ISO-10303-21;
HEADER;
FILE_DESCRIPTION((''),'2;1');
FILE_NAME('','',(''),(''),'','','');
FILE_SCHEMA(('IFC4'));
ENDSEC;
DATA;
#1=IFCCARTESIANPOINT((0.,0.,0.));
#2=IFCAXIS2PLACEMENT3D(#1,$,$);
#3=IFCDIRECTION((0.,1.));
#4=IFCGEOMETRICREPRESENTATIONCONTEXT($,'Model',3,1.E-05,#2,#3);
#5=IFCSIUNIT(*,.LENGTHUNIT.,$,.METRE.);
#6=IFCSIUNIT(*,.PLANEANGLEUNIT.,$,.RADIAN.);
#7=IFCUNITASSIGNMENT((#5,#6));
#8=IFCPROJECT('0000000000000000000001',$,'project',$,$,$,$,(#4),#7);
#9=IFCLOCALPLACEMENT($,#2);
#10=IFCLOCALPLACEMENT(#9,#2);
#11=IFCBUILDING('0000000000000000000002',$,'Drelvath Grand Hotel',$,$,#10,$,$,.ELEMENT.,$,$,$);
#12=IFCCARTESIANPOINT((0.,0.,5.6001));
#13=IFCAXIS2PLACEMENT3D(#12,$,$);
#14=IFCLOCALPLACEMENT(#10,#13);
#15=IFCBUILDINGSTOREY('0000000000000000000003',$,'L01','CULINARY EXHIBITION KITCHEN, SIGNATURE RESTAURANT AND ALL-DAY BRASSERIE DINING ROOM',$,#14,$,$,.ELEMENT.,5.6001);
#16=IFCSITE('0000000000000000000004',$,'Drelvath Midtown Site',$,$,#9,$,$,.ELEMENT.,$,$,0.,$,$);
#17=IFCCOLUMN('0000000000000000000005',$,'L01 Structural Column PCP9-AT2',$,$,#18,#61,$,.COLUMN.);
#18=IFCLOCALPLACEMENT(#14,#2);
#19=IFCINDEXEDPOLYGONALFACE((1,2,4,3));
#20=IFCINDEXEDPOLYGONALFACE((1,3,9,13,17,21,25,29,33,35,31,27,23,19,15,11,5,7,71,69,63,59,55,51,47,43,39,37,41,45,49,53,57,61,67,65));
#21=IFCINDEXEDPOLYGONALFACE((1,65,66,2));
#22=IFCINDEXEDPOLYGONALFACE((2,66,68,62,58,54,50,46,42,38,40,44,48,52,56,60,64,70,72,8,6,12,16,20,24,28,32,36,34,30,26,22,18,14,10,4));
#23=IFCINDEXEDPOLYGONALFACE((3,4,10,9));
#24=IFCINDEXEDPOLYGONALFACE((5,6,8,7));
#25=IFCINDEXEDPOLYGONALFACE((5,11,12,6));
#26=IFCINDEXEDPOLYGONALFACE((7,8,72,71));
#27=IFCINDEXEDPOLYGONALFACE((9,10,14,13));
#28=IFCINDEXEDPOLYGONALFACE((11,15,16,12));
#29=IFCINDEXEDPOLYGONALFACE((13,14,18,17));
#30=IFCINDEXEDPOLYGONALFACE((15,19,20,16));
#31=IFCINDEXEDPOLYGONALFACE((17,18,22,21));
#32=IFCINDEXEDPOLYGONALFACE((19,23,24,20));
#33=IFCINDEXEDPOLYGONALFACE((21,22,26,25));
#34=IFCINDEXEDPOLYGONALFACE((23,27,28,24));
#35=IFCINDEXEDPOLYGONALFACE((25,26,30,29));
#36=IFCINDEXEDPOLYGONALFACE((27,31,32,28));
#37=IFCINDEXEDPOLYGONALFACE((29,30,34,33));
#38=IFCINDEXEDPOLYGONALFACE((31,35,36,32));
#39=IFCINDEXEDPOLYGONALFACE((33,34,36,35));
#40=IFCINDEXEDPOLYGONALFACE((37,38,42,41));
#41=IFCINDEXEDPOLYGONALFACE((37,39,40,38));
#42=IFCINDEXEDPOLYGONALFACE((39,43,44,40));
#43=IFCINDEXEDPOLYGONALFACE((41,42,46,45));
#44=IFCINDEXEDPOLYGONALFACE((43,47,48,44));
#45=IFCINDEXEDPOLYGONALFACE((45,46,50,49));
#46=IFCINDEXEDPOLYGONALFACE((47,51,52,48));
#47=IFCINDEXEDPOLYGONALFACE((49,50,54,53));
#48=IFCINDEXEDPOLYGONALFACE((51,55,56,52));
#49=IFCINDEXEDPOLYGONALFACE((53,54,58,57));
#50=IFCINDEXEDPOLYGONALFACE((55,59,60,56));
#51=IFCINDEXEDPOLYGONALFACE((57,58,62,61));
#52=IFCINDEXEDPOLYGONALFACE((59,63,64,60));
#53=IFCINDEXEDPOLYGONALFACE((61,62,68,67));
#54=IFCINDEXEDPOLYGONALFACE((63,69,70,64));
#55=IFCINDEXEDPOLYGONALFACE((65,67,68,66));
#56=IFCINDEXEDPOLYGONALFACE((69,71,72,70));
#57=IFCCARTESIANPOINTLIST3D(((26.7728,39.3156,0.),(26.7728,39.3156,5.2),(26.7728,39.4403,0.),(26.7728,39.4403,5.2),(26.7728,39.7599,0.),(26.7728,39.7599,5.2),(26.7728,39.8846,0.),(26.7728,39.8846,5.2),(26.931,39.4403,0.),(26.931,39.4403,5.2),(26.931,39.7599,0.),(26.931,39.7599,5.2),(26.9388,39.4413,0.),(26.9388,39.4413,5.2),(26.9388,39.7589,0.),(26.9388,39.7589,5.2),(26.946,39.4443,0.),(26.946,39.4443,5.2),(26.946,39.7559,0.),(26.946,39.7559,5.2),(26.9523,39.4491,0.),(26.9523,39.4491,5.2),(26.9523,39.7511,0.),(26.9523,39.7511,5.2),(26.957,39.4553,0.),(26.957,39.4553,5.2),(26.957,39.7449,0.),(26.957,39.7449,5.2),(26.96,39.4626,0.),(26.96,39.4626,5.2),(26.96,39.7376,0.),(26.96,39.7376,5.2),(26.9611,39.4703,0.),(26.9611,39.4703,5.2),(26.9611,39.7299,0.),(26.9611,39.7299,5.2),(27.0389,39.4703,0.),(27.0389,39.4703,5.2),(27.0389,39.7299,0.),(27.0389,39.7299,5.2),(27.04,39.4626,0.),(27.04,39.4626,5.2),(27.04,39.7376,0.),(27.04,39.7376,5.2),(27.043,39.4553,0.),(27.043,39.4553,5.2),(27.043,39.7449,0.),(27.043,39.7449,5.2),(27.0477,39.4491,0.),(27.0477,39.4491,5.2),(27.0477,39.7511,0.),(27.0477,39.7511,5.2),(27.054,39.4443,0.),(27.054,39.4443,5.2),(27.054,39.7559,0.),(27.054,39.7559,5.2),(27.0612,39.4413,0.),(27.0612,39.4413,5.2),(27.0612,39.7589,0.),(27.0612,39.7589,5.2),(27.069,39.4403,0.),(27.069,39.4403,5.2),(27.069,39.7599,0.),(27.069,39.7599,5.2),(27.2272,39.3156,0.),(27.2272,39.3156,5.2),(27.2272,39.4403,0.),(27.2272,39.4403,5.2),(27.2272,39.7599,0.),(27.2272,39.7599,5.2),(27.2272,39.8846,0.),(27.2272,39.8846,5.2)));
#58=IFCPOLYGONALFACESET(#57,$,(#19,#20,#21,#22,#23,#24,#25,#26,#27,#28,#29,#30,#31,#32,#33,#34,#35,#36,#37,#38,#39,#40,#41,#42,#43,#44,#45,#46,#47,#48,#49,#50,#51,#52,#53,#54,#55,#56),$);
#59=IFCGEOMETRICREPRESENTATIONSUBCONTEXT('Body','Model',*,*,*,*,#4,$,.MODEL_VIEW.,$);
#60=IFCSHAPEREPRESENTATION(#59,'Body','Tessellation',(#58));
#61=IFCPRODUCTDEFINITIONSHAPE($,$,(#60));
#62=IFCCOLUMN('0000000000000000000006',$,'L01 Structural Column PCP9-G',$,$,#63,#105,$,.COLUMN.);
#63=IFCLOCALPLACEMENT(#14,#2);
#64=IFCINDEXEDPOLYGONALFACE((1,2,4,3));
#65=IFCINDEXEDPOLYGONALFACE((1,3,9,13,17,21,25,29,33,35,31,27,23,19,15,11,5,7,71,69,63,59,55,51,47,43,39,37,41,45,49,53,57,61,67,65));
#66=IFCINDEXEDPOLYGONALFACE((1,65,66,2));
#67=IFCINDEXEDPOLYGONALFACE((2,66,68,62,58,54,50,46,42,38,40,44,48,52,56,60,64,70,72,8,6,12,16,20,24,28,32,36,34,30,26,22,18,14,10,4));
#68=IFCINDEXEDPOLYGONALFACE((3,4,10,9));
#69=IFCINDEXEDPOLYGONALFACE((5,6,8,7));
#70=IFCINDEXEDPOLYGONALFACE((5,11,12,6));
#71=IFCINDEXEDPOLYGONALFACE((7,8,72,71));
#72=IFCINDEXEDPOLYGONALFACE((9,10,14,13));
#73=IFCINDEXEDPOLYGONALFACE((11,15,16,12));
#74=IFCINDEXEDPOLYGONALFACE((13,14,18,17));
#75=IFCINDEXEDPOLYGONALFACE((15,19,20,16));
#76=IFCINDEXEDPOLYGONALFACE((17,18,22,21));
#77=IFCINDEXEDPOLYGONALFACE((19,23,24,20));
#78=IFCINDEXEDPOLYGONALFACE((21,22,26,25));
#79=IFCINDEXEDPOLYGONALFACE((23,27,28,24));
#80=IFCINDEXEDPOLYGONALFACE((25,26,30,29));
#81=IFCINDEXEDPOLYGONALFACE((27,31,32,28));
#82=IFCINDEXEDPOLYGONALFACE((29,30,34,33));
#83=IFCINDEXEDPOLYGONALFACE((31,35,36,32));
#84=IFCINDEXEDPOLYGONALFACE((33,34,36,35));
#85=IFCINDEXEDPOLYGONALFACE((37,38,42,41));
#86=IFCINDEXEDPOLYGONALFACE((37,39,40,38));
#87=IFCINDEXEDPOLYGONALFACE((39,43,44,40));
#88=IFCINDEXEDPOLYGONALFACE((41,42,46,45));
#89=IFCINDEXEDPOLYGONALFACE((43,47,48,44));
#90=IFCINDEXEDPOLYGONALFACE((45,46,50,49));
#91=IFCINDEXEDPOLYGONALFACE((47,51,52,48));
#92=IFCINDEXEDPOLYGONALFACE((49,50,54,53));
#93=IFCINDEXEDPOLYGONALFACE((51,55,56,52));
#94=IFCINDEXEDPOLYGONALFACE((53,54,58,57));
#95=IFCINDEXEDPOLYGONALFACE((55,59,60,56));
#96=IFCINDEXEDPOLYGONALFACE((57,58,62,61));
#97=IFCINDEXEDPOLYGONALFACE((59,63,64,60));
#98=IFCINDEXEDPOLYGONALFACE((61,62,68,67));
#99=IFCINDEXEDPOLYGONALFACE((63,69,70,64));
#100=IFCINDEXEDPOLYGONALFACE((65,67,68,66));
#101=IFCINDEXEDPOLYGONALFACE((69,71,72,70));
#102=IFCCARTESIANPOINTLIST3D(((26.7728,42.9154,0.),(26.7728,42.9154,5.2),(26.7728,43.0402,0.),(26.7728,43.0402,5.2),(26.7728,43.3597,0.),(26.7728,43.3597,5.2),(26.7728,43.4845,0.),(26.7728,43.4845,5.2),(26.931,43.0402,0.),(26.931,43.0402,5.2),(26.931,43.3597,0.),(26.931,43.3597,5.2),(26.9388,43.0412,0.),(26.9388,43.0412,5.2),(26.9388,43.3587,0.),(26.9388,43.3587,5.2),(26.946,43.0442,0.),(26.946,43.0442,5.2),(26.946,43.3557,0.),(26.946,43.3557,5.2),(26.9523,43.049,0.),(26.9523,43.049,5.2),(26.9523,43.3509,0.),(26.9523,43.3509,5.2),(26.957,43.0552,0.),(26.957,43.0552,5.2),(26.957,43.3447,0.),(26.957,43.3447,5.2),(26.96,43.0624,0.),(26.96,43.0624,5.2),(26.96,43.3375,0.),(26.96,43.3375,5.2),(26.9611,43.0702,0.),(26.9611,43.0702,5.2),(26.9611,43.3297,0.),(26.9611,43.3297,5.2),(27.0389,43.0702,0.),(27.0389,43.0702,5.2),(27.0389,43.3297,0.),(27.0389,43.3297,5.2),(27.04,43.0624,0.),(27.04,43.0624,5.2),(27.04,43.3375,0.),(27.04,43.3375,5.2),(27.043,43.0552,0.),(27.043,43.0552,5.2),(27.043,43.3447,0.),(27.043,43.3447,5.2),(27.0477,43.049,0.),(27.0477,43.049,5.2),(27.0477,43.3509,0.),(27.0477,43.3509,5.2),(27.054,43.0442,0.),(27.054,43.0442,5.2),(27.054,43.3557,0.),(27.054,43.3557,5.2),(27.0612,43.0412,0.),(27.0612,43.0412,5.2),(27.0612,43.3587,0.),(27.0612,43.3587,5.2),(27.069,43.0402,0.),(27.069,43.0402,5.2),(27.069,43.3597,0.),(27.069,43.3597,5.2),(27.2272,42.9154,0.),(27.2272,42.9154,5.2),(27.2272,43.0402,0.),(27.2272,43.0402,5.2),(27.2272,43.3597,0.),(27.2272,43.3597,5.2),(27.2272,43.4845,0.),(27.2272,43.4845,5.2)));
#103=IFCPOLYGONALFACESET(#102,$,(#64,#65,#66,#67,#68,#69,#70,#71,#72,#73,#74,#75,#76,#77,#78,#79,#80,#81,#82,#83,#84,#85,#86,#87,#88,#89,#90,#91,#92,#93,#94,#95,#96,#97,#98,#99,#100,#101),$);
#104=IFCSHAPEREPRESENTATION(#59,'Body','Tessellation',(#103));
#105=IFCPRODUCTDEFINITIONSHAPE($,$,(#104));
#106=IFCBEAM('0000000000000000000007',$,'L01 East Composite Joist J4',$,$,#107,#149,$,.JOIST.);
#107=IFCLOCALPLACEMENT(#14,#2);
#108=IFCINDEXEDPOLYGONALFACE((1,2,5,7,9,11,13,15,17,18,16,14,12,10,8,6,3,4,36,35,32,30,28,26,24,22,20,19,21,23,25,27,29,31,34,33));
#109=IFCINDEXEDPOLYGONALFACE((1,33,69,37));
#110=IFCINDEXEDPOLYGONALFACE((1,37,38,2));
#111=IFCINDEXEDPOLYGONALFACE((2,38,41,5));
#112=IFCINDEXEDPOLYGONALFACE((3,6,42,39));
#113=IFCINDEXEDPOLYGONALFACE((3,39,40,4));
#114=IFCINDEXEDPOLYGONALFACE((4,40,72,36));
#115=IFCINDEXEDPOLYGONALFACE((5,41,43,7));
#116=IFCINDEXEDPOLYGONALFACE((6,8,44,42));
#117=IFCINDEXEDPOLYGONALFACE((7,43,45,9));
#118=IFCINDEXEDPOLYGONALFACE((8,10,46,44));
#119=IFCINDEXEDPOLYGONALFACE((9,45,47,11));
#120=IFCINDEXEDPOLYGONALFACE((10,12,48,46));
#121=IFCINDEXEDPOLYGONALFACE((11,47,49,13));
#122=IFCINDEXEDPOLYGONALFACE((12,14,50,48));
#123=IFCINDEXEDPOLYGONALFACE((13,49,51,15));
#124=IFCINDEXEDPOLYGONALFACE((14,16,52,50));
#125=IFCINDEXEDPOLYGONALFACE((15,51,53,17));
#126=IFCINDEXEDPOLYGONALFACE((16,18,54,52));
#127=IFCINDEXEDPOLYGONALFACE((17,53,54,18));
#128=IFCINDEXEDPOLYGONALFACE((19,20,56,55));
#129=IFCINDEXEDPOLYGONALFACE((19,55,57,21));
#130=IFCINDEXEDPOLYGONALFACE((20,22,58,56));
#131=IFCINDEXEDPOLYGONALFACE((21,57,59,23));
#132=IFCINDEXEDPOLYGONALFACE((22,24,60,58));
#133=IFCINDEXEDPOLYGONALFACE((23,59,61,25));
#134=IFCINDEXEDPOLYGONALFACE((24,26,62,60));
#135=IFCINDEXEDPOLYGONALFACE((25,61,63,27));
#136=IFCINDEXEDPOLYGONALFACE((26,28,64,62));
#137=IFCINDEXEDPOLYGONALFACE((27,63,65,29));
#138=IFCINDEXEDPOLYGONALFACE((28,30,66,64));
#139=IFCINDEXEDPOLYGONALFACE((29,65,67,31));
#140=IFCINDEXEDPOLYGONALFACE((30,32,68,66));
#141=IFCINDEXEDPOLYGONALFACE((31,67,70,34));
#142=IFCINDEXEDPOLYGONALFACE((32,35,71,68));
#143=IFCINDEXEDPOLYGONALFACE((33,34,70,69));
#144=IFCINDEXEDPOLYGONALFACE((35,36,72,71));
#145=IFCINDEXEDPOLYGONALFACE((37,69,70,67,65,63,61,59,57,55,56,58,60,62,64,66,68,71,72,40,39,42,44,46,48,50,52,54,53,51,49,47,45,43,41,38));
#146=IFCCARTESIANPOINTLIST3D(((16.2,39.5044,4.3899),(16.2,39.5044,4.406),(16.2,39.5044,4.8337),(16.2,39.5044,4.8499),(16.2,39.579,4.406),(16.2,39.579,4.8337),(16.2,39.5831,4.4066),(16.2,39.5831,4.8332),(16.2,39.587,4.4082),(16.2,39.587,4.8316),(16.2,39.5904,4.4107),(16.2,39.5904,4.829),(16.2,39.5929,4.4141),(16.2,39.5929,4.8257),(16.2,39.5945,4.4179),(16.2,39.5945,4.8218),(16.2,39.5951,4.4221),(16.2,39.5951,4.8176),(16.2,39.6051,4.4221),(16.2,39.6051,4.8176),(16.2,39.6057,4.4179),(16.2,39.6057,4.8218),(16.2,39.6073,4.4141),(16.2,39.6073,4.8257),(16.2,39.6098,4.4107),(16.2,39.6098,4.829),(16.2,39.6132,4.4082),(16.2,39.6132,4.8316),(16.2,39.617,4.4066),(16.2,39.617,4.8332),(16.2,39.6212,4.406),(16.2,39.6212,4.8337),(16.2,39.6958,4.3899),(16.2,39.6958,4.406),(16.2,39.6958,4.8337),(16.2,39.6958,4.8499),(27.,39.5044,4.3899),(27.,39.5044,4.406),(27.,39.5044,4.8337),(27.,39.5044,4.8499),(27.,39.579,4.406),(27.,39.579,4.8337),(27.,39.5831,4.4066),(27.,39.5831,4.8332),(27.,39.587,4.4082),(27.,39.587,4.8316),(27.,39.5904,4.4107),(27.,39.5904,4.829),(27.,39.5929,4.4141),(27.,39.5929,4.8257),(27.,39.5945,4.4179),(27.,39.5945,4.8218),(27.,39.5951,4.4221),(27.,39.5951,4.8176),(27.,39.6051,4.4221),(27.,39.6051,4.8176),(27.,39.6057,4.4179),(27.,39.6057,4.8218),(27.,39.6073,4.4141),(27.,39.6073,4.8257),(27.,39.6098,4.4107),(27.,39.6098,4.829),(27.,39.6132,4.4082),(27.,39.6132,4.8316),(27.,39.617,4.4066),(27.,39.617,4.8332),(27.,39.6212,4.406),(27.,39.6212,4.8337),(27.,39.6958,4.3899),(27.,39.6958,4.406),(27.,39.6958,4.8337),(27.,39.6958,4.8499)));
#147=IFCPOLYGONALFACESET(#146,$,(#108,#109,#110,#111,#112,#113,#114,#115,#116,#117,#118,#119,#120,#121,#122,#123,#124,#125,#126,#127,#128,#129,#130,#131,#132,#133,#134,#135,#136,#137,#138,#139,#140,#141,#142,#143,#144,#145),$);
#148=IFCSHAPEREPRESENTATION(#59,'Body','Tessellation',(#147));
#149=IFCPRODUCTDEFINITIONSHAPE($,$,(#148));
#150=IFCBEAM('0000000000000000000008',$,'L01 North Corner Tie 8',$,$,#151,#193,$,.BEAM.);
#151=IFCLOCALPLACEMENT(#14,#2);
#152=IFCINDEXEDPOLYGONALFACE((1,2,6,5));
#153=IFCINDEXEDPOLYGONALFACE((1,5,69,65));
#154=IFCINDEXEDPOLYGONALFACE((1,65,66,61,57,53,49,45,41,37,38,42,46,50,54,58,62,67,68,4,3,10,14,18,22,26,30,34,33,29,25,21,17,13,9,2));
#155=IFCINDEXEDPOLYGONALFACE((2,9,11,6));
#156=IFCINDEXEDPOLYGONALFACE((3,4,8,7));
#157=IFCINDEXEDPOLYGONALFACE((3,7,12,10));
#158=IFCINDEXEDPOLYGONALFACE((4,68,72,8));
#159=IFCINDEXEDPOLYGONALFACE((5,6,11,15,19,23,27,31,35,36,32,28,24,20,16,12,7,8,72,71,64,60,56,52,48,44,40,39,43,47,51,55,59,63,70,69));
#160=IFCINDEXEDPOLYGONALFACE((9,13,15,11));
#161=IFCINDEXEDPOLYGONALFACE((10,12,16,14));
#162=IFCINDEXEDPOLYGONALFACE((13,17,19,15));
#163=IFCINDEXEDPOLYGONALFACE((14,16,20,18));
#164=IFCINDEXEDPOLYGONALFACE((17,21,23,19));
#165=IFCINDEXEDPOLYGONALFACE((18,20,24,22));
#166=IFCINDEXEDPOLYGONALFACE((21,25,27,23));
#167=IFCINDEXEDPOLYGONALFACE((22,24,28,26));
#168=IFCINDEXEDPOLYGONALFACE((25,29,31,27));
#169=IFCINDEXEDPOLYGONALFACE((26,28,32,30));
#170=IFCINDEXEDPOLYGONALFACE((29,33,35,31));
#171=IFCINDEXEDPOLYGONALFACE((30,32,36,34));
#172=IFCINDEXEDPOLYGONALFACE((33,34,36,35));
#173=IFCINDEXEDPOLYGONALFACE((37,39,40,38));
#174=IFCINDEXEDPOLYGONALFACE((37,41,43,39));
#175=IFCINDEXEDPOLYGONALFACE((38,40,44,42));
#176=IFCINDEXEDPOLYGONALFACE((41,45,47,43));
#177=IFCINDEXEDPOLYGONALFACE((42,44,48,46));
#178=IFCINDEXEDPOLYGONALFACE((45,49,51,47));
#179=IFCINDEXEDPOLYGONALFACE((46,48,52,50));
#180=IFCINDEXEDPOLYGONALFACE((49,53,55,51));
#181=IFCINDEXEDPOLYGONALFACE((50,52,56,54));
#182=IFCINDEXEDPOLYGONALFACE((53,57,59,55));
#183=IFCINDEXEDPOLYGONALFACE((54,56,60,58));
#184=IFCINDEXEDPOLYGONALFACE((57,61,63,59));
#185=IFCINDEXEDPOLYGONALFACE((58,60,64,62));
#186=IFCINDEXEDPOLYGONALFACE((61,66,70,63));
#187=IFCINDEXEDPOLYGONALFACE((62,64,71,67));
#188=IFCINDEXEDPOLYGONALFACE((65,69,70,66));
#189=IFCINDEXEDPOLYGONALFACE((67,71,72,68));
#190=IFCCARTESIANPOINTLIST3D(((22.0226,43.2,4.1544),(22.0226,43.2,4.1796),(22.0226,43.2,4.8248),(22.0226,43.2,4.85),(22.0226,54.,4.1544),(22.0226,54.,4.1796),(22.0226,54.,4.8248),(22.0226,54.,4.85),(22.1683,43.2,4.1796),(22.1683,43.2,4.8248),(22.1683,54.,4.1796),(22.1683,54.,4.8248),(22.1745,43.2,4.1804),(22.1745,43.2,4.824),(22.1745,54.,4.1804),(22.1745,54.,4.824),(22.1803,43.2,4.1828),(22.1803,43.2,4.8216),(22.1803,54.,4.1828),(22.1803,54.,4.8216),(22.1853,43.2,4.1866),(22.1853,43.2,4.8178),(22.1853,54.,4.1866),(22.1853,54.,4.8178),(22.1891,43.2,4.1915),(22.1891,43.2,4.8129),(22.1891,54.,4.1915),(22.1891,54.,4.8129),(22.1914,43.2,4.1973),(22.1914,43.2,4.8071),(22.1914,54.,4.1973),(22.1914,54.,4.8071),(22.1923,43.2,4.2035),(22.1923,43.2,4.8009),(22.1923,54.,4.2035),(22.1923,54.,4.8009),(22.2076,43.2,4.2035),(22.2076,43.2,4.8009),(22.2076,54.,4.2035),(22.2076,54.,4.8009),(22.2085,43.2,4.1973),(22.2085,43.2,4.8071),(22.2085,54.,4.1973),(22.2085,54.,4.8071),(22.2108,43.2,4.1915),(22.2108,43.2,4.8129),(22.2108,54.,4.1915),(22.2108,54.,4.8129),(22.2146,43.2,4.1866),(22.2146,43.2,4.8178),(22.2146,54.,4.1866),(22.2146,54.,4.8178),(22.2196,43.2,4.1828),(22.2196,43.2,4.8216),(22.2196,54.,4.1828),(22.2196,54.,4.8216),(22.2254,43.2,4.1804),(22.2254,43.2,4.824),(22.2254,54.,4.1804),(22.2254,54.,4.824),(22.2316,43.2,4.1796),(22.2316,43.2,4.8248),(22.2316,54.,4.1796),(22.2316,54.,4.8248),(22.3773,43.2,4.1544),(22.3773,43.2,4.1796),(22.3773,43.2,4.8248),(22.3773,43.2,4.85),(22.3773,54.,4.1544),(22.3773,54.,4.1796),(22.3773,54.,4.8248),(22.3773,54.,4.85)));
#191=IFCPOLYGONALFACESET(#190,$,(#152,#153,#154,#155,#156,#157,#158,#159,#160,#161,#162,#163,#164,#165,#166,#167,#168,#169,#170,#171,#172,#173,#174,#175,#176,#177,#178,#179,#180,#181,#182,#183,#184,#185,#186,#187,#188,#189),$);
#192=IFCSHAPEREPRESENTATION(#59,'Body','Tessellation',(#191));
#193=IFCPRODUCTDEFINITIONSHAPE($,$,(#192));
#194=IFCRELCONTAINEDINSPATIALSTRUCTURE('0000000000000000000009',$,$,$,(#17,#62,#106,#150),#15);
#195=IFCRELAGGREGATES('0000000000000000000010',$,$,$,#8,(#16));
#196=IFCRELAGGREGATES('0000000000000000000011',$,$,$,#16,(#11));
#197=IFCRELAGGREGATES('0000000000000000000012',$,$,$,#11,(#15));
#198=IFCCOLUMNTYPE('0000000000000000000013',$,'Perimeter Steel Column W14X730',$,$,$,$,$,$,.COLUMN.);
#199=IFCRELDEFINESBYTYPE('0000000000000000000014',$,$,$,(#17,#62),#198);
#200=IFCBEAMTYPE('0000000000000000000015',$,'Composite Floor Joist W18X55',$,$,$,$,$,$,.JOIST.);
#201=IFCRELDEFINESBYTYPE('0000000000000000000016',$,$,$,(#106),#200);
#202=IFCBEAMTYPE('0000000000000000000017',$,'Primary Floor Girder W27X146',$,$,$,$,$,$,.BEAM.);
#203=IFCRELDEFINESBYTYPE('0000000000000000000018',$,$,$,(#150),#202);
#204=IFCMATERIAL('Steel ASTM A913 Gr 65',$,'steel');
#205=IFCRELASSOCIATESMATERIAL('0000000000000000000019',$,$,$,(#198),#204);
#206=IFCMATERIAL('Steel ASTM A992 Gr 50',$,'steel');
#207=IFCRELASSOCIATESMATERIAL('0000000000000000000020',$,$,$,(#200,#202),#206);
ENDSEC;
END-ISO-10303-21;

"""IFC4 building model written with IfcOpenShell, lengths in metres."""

from ifc_helpers import new_model, si_unit, direction, frame, origin, origin_2d, place, context, subcontext, project, spatial, i_section, extrude, material, material_profile, profile_set, type_object, element, save


model = new_model("IFC4")

# Units and contexts
model_context = context("Model", 3, precision=1e-05, world=origin(), true_north=direction((0.0, 1.0)))
body_context = subcontext(model_context, "Body", "Model", "MODEL_VIEW")
ifc_project = project(units=[si_unit("LENGTHUNIT", "METRE"), si_unit("PLANEANGLEUNIT", "RADIAN")], contexts=[model_context])

# Site, building, storey
site_placement = place(None, origin())
site = spatial("IfcSite", under=ifc_project, at=site_placement, Name="Drelvath Midtown Site", CompositionType="ELEMENT", RefElevation=0.0)
building_placement = place(site_placement, origin())
building = spatial("IfcBuilding", under=site, at=building_placement, Name="Drelvath Grand Hotel", CompositionType="ELEMENT")
storey_placement = place(building_placement, frame((0.0, 0.0, 5.6001)))
storey = spatial("IfcBuildingStorey", under=building, at=storey_placement, Name="L01", Description="CULINARY EXHIBITION KITCHEN, SIGNATURE RESTAURANT AND ALL-DAY BRASSERIE DINING ROOM", CompositionType="ELEMENT", Elevation=5.6001)

# Columns
ifc_material_1 = material(Name="Steel ASTM A913 Gr 65", Category="steel")
ifc_material_profile_1 = material_profile(ifc_material_1, i_section(OverallWidth=0.4543, OverallDepth=0.5691, WebThickness=0.0779, FlangeThickness=0.1248, FilletRadius=0.03, at=origin_2d()), Name="W14X730")
ifc_profile_set_1 = profile_set([ifc_material_profile_1], Name="Steel ASTM A913 Gr 65")
column_type_1 = type_object("IfcColumnType", Name="Perimeter Steel Column W14X730", PredefinedType="COLUMN", material=ifc_profile_set_1)
for number, where, z_axis, x_axis, name in (
    (1, (27.0, 39.6001, 0.0), (0.0, 0.0, 1.0), (1.0, 0.0, 0.0), "L01 Structural Column PCP9-AT2"),
    (2, (27.0, 43.2, 0.0), (0.0, 0.0, 1.0), (1.0, 0.0, 0.0), "L01 Structural Column PCP9-G"),
):
    element("IfcColumn", number, at=place(storey_placement, frame(where, z_axis=z_axis, x_axis=x_axis)), inside=storey, type_object=column_type_1, Name=name, PredefinedType="COLUMN", context=body_context, shape_type="SweptSolid", body=[
        extrude(i_section(OverallWidth=0.4543, OverallDepth=0.5691, WebThickness=0.0779, FlangeThickness=0.1248, FilletRadius=0.03, at=origin_2d()), origin(), (0.0, 0.0, 1.0), 5.2),
    ])

# Beams
ifc_material_2 = material(Name="Steel ASTM A992 Gr 50", Category="steel")
ifc_material_profile_2 = material_profile(ifc_material_2, i_section(OverallWidth=0.1914, OverallDepth=0.46, WebThickness=0.01, FlangeThickness=0.0161, FilletRadius=0.0161, at=origin_2d()), Name="W18X55")
ifc_profile_set_2 = profile_set([ifc_material_profile_2], Name="Steel ASTM A992 Gr 50")
beam_type_1 = type_object("IfcBeamType", Name="Composite Floor Joist W18X55", PredefinedType="JOIST", material=ifc_profile_set_2)
beam_1_placement = place(storey_placement, frame((16.2, 39.6001, 4.6199), z_axis=(1.0, 0.0, 0.0), x_axis=(0.0, 1.0, 0.0)))
element("IfcBeam", 3, at=beam_1_placement, inside=storey, type_object=beam_type_1, Name="L01 East Composite Joist J4", PredefinedType="JOIST", context=body_context, shape_type="SweptSolid", body=[
    extrude(i_section(OverallWidth=0.1914, OverallDepth=0.46, WebThickness=0.01, FlangeThickness=0.0161, FilletRadius=0.0161, at=origin_2d()), origin(), (0.0, 0.0, 1.0), 10.8),
])
ifc_material_profile_3 = material_profile(ifc_material_2, i_section(OverallWidth=0.3547, OverallDepth=0.6956, WebThickness=0.0154, FlangeThickness=0.0251, FilletRadius=0.0239, at=origin_2d()), Name="W27X146")
ifc_profile_set_3 = profile_set([ifc_material_profile_3], Name="Steel ASTM A992 Gr 50")
beam_type_2 = type_object("IfcBeamType", Name="Primary Floor Girder W27X146", PredefinedType="BEAM", material=ifc_profile_set_3)
beam_2_placement = place(storey_placement, frame((22.2, 43.2, 4.5022), z_axis=(0.0, 1.0, 0.0), x_axis=(-1.0, 0.0, 0.0)))
element("IfcBeam", 4, at=beam_2_placement, inside=storey, type_object=beam_type_2, Name="L01 North Corner Tie 8", PredefinedType="BEAM", context=body_context, shape_type="SweptSolid", body=[
    extrude(i_section(OverallWidth=0.3547, OverallDepth=0.6956, WebThickness=0.0154, FlangeThickness=0.0251, FilletRadius=0.0239, at=origin_2d()), origin(), (0.0, 0.0, 1.0), 10.8),
])

save(model, "model.ifc")
